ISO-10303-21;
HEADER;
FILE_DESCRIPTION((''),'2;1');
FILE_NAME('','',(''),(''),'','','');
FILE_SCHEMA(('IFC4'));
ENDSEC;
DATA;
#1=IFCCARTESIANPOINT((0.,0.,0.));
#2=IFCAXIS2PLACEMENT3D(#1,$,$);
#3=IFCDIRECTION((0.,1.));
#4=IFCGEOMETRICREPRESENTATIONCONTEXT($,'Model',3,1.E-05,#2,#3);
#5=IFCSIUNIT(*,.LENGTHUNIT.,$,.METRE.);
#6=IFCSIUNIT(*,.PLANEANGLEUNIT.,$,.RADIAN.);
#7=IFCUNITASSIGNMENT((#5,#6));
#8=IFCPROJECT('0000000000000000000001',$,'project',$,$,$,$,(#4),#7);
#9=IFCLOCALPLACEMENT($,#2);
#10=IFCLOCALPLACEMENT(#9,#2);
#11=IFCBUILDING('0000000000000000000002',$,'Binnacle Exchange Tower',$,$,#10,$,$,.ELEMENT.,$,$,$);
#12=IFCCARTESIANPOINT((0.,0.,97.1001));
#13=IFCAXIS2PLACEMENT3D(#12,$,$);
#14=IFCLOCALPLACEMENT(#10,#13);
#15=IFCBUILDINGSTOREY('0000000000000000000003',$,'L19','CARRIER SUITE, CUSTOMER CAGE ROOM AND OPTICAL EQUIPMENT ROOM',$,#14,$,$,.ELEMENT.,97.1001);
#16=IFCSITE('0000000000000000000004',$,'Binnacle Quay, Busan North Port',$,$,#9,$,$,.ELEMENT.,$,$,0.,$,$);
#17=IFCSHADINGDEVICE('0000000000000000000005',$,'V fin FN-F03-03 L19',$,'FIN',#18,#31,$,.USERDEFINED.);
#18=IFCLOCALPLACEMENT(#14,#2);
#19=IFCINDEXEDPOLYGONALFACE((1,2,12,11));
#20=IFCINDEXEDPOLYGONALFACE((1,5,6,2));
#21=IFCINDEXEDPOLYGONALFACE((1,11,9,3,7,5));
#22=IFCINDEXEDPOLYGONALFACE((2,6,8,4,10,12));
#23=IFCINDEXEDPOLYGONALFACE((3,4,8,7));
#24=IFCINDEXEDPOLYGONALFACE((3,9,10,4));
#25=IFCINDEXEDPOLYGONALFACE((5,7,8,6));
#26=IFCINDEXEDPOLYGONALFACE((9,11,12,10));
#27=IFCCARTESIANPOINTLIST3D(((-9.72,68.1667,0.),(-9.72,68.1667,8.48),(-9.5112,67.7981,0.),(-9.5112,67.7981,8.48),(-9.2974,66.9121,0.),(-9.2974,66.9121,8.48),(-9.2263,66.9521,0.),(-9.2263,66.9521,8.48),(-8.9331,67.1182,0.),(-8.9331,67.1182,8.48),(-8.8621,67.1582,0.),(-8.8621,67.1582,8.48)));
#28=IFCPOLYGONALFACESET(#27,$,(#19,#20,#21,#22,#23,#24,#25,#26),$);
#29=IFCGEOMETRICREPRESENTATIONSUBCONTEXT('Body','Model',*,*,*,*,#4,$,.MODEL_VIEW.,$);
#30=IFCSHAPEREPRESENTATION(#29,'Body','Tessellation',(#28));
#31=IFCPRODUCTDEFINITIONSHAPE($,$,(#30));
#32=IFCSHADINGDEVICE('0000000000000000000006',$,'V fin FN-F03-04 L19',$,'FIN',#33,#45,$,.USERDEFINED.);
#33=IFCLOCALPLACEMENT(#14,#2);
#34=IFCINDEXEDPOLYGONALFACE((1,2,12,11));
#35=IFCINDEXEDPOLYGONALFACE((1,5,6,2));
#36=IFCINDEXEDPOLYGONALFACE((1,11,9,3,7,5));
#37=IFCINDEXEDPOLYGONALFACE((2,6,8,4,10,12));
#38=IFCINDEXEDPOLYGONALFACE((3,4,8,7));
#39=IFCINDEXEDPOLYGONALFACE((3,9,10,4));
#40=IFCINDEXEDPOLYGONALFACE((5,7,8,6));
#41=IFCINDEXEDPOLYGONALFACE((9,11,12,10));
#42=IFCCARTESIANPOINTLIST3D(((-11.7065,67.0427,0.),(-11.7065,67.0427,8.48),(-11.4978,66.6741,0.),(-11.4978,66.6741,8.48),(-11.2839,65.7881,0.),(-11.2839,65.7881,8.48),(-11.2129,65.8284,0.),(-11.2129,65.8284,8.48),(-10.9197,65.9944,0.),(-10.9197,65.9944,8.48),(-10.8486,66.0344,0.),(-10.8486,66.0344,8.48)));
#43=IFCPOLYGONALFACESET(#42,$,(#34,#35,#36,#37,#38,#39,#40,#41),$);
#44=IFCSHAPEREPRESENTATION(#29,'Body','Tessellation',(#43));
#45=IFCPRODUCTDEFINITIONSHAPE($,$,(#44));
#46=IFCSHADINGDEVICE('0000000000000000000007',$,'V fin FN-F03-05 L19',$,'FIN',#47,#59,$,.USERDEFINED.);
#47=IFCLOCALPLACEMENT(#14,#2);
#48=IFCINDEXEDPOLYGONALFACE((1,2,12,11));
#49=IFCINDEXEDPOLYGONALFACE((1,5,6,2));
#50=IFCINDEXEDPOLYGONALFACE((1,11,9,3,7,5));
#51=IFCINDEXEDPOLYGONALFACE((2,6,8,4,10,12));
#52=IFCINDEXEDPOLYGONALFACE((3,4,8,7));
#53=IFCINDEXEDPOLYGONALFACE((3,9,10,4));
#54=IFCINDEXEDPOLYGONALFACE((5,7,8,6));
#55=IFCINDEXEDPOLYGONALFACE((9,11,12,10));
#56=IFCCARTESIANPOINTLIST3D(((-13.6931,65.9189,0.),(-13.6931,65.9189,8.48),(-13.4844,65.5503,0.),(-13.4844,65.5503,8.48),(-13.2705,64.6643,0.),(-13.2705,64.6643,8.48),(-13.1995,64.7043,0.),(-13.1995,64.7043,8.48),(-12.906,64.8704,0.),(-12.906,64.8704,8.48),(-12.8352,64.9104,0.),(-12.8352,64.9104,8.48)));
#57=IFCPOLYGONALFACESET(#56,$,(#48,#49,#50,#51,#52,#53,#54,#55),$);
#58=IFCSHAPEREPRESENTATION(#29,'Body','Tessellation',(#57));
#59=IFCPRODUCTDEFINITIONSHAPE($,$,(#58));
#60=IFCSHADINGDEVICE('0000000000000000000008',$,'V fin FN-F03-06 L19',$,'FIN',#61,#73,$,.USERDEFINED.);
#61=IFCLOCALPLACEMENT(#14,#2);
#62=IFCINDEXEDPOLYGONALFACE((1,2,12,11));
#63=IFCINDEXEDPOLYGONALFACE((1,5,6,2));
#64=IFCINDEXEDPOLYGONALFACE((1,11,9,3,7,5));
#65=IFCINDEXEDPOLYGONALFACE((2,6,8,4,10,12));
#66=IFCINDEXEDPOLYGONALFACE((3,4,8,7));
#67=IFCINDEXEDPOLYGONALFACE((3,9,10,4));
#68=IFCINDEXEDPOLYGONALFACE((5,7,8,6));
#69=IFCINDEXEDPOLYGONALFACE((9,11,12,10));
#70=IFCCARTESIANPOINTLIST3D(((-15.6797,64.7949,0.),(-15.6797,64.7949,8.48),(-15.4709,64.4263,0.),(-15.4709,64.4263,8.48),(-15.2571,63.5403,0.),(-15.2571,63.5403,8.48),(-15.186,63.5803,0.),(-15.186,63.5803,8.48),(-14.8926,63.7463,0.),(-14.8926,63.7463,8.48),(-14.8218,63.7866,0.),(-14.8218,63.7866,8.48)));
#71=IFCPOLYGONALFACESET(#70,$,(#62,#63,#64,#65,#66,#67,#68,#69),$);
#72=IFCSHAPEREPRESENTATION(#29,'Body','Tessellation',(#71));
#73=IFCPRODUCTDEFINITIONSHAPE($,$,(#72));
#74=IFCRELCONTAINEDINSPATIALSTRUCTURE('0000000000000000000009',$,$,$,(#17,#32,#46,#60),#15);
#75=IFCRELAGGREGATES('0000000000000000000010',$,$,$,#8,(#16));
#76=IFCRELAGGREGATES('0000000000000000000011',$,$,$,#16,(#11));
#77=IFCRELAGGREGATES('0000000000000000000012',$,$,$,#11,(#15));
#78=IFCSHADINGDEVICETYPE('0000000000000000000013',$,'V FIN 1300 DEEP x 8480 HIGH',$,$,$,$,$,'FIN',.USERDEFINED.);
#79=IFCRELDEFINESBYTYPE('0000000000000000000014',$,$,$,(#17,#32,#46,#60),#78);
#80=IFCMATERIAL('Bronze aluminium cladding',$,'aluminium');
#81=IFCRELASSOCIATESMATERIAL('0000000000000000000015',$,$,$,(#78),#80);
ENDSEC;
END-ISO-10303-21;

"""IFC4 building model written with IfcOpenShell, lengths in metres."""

from ifc_helpers import new_model, si_unit, direction, frame, origin, place, context, subcontext, project, spatial, polyline, outline, extrude, material, type_object, element, save


model = new_model("IFC4")

# Units and contexts
model_context = context("Model", 3, precision=1e-05, world=origin(), true_north=direction((0.0, 1.0)))
body_context = subcontext(model_context, "Body", "Model", "MODEL_VIEW")
ifc_project = project(units=[si_unit("LENGTHUNIT", "METRE"), si_unit("PLANEANGLEUNIT", "RADIAN")], contexts=[model_context])

# Site, building, storey
site_placement = place(None, origin())
site = spatial("IfcSite", under=ifc_project, at=site_placement, Name="Binnacle Quay, Busan North Port", CompositionType="ELEMENT", RefElevation=0.0)
building_placement = place(site_placement, origin())
building = spatial("IfcBuilding", under=site, at=building_placement, Name="Binnacle Exchange Tower", CompositionType="ELEMENT")
storey_placement = place(building_placement, frame((0.0, 0.0, 97.1001)))
storey = spatial("IfcBuildingStorey", under=building, at=storey_placement, Name="L19", Description="CARRIER SUITE, CUSTOMER CAGE ROOM AND OPTICAL EQUIPMENT ROOM", CompositionType="ELEMENT", Elevation=97.1001)

# Shading devices
ifc_material_1 = material(Name="Bronze aluminium cladding", Category="aluminium")
shading_device_type = type_object("IfcShadingDeviceType", Name="V FIN 1300 DEEP x 8480 HIGH", ElementType="FIN", PredefinedType="USERDEFINED", material=ifc_material_1)
shading_device_1_placement = place(storey_placement, origin())
element("IfcShadingDevice", 1, at=shading_device_1_placement, inside=storey, type_object=shading_device_type, Name="V fin FN-F03-03 L19", ObjectType="FIN", PredefinedType="USERDEFINED", context=body_context, shape_type="SweptSolid", body=[
    extrude(outline(polyline([(-8.8621, 67.1582), (-9.72, 68.1667), (-9.2974, 66.9121), (-9.2263, 66.9521), (-9.5112, 67.7981), (-8.9331, 67.1182), (-8.8621, 67.1582)])), origin(), (0.0, 0.0, 1.0), 8.48),
])
shading_device_2_placement = place(storey_placement, origin())
element("IfcShadingDevice", 2, at=shading_device_2_placement, inside=storey, type_object=shading_device_type, Name="V fin FN-F03-04 L19", ObjectType="FIN", PredefinedType="USERDEFINED", context=body_context, shape_type="SweptSolid", body=[
    extrude(outline(polyline([(-10.8486, 66.0344), (-11.7065, 67.0427), (-11.2839, 65.7881), (-11.2129, 65.8284), (-11.4978, 66.6741), (-10.9197, 65.9944), (-10.8486, 66.0344)])), origin(), (0.0, 0.0, 1.0), 8.48),
])
shading_device_3_placement = place(storey_placement, origin())
element("IfcShadingDevice", 3, at=shading_device_3_placement, inside=storey, type_object=shading_device_type, Name="V fin FN-F03-05 L19", ObjectType="FIN", PredefinedType="USERDEFINED", context=body_context, shape_type="SweptSolid", body=[
    extrude(outline(polyline([(-12.8352, 64.9104), (-13.6931, 65.9189), (-13.2705, 64.6643), (-13.1995, 64.7043), (-13.4844, 65.5503), (-12.906, 64.8704), (-12.8352, 64.9104)])), origin(), (0.0, 0.0, 1.0), 8.48),
])
shading_device_4_placement = place(storey_placement, origin())
element("IfcShadingDevice", 4, at=shading_device_4_placement, inside=storey, type_object=shading_device_type, Name="V fin FN-F03-06 L19", ObjectType="FIN", PredefinedType="USERDEFINED", context=body_context, shape_type="SweptSolid", body=[
    extrude(outline(polyline([(-14.8218, 63.7866), (-15.6797, 64.7949), (-15.2571, 63.5403), (-15.186, 63.5803), (-15.4709, 64.4263), (-14.8926, 63.7463), (-14.8218, 63.7866)])), origin(), (0.0, 0.0, 1.0), 8.48),
])

save(model, "model.ifc")
